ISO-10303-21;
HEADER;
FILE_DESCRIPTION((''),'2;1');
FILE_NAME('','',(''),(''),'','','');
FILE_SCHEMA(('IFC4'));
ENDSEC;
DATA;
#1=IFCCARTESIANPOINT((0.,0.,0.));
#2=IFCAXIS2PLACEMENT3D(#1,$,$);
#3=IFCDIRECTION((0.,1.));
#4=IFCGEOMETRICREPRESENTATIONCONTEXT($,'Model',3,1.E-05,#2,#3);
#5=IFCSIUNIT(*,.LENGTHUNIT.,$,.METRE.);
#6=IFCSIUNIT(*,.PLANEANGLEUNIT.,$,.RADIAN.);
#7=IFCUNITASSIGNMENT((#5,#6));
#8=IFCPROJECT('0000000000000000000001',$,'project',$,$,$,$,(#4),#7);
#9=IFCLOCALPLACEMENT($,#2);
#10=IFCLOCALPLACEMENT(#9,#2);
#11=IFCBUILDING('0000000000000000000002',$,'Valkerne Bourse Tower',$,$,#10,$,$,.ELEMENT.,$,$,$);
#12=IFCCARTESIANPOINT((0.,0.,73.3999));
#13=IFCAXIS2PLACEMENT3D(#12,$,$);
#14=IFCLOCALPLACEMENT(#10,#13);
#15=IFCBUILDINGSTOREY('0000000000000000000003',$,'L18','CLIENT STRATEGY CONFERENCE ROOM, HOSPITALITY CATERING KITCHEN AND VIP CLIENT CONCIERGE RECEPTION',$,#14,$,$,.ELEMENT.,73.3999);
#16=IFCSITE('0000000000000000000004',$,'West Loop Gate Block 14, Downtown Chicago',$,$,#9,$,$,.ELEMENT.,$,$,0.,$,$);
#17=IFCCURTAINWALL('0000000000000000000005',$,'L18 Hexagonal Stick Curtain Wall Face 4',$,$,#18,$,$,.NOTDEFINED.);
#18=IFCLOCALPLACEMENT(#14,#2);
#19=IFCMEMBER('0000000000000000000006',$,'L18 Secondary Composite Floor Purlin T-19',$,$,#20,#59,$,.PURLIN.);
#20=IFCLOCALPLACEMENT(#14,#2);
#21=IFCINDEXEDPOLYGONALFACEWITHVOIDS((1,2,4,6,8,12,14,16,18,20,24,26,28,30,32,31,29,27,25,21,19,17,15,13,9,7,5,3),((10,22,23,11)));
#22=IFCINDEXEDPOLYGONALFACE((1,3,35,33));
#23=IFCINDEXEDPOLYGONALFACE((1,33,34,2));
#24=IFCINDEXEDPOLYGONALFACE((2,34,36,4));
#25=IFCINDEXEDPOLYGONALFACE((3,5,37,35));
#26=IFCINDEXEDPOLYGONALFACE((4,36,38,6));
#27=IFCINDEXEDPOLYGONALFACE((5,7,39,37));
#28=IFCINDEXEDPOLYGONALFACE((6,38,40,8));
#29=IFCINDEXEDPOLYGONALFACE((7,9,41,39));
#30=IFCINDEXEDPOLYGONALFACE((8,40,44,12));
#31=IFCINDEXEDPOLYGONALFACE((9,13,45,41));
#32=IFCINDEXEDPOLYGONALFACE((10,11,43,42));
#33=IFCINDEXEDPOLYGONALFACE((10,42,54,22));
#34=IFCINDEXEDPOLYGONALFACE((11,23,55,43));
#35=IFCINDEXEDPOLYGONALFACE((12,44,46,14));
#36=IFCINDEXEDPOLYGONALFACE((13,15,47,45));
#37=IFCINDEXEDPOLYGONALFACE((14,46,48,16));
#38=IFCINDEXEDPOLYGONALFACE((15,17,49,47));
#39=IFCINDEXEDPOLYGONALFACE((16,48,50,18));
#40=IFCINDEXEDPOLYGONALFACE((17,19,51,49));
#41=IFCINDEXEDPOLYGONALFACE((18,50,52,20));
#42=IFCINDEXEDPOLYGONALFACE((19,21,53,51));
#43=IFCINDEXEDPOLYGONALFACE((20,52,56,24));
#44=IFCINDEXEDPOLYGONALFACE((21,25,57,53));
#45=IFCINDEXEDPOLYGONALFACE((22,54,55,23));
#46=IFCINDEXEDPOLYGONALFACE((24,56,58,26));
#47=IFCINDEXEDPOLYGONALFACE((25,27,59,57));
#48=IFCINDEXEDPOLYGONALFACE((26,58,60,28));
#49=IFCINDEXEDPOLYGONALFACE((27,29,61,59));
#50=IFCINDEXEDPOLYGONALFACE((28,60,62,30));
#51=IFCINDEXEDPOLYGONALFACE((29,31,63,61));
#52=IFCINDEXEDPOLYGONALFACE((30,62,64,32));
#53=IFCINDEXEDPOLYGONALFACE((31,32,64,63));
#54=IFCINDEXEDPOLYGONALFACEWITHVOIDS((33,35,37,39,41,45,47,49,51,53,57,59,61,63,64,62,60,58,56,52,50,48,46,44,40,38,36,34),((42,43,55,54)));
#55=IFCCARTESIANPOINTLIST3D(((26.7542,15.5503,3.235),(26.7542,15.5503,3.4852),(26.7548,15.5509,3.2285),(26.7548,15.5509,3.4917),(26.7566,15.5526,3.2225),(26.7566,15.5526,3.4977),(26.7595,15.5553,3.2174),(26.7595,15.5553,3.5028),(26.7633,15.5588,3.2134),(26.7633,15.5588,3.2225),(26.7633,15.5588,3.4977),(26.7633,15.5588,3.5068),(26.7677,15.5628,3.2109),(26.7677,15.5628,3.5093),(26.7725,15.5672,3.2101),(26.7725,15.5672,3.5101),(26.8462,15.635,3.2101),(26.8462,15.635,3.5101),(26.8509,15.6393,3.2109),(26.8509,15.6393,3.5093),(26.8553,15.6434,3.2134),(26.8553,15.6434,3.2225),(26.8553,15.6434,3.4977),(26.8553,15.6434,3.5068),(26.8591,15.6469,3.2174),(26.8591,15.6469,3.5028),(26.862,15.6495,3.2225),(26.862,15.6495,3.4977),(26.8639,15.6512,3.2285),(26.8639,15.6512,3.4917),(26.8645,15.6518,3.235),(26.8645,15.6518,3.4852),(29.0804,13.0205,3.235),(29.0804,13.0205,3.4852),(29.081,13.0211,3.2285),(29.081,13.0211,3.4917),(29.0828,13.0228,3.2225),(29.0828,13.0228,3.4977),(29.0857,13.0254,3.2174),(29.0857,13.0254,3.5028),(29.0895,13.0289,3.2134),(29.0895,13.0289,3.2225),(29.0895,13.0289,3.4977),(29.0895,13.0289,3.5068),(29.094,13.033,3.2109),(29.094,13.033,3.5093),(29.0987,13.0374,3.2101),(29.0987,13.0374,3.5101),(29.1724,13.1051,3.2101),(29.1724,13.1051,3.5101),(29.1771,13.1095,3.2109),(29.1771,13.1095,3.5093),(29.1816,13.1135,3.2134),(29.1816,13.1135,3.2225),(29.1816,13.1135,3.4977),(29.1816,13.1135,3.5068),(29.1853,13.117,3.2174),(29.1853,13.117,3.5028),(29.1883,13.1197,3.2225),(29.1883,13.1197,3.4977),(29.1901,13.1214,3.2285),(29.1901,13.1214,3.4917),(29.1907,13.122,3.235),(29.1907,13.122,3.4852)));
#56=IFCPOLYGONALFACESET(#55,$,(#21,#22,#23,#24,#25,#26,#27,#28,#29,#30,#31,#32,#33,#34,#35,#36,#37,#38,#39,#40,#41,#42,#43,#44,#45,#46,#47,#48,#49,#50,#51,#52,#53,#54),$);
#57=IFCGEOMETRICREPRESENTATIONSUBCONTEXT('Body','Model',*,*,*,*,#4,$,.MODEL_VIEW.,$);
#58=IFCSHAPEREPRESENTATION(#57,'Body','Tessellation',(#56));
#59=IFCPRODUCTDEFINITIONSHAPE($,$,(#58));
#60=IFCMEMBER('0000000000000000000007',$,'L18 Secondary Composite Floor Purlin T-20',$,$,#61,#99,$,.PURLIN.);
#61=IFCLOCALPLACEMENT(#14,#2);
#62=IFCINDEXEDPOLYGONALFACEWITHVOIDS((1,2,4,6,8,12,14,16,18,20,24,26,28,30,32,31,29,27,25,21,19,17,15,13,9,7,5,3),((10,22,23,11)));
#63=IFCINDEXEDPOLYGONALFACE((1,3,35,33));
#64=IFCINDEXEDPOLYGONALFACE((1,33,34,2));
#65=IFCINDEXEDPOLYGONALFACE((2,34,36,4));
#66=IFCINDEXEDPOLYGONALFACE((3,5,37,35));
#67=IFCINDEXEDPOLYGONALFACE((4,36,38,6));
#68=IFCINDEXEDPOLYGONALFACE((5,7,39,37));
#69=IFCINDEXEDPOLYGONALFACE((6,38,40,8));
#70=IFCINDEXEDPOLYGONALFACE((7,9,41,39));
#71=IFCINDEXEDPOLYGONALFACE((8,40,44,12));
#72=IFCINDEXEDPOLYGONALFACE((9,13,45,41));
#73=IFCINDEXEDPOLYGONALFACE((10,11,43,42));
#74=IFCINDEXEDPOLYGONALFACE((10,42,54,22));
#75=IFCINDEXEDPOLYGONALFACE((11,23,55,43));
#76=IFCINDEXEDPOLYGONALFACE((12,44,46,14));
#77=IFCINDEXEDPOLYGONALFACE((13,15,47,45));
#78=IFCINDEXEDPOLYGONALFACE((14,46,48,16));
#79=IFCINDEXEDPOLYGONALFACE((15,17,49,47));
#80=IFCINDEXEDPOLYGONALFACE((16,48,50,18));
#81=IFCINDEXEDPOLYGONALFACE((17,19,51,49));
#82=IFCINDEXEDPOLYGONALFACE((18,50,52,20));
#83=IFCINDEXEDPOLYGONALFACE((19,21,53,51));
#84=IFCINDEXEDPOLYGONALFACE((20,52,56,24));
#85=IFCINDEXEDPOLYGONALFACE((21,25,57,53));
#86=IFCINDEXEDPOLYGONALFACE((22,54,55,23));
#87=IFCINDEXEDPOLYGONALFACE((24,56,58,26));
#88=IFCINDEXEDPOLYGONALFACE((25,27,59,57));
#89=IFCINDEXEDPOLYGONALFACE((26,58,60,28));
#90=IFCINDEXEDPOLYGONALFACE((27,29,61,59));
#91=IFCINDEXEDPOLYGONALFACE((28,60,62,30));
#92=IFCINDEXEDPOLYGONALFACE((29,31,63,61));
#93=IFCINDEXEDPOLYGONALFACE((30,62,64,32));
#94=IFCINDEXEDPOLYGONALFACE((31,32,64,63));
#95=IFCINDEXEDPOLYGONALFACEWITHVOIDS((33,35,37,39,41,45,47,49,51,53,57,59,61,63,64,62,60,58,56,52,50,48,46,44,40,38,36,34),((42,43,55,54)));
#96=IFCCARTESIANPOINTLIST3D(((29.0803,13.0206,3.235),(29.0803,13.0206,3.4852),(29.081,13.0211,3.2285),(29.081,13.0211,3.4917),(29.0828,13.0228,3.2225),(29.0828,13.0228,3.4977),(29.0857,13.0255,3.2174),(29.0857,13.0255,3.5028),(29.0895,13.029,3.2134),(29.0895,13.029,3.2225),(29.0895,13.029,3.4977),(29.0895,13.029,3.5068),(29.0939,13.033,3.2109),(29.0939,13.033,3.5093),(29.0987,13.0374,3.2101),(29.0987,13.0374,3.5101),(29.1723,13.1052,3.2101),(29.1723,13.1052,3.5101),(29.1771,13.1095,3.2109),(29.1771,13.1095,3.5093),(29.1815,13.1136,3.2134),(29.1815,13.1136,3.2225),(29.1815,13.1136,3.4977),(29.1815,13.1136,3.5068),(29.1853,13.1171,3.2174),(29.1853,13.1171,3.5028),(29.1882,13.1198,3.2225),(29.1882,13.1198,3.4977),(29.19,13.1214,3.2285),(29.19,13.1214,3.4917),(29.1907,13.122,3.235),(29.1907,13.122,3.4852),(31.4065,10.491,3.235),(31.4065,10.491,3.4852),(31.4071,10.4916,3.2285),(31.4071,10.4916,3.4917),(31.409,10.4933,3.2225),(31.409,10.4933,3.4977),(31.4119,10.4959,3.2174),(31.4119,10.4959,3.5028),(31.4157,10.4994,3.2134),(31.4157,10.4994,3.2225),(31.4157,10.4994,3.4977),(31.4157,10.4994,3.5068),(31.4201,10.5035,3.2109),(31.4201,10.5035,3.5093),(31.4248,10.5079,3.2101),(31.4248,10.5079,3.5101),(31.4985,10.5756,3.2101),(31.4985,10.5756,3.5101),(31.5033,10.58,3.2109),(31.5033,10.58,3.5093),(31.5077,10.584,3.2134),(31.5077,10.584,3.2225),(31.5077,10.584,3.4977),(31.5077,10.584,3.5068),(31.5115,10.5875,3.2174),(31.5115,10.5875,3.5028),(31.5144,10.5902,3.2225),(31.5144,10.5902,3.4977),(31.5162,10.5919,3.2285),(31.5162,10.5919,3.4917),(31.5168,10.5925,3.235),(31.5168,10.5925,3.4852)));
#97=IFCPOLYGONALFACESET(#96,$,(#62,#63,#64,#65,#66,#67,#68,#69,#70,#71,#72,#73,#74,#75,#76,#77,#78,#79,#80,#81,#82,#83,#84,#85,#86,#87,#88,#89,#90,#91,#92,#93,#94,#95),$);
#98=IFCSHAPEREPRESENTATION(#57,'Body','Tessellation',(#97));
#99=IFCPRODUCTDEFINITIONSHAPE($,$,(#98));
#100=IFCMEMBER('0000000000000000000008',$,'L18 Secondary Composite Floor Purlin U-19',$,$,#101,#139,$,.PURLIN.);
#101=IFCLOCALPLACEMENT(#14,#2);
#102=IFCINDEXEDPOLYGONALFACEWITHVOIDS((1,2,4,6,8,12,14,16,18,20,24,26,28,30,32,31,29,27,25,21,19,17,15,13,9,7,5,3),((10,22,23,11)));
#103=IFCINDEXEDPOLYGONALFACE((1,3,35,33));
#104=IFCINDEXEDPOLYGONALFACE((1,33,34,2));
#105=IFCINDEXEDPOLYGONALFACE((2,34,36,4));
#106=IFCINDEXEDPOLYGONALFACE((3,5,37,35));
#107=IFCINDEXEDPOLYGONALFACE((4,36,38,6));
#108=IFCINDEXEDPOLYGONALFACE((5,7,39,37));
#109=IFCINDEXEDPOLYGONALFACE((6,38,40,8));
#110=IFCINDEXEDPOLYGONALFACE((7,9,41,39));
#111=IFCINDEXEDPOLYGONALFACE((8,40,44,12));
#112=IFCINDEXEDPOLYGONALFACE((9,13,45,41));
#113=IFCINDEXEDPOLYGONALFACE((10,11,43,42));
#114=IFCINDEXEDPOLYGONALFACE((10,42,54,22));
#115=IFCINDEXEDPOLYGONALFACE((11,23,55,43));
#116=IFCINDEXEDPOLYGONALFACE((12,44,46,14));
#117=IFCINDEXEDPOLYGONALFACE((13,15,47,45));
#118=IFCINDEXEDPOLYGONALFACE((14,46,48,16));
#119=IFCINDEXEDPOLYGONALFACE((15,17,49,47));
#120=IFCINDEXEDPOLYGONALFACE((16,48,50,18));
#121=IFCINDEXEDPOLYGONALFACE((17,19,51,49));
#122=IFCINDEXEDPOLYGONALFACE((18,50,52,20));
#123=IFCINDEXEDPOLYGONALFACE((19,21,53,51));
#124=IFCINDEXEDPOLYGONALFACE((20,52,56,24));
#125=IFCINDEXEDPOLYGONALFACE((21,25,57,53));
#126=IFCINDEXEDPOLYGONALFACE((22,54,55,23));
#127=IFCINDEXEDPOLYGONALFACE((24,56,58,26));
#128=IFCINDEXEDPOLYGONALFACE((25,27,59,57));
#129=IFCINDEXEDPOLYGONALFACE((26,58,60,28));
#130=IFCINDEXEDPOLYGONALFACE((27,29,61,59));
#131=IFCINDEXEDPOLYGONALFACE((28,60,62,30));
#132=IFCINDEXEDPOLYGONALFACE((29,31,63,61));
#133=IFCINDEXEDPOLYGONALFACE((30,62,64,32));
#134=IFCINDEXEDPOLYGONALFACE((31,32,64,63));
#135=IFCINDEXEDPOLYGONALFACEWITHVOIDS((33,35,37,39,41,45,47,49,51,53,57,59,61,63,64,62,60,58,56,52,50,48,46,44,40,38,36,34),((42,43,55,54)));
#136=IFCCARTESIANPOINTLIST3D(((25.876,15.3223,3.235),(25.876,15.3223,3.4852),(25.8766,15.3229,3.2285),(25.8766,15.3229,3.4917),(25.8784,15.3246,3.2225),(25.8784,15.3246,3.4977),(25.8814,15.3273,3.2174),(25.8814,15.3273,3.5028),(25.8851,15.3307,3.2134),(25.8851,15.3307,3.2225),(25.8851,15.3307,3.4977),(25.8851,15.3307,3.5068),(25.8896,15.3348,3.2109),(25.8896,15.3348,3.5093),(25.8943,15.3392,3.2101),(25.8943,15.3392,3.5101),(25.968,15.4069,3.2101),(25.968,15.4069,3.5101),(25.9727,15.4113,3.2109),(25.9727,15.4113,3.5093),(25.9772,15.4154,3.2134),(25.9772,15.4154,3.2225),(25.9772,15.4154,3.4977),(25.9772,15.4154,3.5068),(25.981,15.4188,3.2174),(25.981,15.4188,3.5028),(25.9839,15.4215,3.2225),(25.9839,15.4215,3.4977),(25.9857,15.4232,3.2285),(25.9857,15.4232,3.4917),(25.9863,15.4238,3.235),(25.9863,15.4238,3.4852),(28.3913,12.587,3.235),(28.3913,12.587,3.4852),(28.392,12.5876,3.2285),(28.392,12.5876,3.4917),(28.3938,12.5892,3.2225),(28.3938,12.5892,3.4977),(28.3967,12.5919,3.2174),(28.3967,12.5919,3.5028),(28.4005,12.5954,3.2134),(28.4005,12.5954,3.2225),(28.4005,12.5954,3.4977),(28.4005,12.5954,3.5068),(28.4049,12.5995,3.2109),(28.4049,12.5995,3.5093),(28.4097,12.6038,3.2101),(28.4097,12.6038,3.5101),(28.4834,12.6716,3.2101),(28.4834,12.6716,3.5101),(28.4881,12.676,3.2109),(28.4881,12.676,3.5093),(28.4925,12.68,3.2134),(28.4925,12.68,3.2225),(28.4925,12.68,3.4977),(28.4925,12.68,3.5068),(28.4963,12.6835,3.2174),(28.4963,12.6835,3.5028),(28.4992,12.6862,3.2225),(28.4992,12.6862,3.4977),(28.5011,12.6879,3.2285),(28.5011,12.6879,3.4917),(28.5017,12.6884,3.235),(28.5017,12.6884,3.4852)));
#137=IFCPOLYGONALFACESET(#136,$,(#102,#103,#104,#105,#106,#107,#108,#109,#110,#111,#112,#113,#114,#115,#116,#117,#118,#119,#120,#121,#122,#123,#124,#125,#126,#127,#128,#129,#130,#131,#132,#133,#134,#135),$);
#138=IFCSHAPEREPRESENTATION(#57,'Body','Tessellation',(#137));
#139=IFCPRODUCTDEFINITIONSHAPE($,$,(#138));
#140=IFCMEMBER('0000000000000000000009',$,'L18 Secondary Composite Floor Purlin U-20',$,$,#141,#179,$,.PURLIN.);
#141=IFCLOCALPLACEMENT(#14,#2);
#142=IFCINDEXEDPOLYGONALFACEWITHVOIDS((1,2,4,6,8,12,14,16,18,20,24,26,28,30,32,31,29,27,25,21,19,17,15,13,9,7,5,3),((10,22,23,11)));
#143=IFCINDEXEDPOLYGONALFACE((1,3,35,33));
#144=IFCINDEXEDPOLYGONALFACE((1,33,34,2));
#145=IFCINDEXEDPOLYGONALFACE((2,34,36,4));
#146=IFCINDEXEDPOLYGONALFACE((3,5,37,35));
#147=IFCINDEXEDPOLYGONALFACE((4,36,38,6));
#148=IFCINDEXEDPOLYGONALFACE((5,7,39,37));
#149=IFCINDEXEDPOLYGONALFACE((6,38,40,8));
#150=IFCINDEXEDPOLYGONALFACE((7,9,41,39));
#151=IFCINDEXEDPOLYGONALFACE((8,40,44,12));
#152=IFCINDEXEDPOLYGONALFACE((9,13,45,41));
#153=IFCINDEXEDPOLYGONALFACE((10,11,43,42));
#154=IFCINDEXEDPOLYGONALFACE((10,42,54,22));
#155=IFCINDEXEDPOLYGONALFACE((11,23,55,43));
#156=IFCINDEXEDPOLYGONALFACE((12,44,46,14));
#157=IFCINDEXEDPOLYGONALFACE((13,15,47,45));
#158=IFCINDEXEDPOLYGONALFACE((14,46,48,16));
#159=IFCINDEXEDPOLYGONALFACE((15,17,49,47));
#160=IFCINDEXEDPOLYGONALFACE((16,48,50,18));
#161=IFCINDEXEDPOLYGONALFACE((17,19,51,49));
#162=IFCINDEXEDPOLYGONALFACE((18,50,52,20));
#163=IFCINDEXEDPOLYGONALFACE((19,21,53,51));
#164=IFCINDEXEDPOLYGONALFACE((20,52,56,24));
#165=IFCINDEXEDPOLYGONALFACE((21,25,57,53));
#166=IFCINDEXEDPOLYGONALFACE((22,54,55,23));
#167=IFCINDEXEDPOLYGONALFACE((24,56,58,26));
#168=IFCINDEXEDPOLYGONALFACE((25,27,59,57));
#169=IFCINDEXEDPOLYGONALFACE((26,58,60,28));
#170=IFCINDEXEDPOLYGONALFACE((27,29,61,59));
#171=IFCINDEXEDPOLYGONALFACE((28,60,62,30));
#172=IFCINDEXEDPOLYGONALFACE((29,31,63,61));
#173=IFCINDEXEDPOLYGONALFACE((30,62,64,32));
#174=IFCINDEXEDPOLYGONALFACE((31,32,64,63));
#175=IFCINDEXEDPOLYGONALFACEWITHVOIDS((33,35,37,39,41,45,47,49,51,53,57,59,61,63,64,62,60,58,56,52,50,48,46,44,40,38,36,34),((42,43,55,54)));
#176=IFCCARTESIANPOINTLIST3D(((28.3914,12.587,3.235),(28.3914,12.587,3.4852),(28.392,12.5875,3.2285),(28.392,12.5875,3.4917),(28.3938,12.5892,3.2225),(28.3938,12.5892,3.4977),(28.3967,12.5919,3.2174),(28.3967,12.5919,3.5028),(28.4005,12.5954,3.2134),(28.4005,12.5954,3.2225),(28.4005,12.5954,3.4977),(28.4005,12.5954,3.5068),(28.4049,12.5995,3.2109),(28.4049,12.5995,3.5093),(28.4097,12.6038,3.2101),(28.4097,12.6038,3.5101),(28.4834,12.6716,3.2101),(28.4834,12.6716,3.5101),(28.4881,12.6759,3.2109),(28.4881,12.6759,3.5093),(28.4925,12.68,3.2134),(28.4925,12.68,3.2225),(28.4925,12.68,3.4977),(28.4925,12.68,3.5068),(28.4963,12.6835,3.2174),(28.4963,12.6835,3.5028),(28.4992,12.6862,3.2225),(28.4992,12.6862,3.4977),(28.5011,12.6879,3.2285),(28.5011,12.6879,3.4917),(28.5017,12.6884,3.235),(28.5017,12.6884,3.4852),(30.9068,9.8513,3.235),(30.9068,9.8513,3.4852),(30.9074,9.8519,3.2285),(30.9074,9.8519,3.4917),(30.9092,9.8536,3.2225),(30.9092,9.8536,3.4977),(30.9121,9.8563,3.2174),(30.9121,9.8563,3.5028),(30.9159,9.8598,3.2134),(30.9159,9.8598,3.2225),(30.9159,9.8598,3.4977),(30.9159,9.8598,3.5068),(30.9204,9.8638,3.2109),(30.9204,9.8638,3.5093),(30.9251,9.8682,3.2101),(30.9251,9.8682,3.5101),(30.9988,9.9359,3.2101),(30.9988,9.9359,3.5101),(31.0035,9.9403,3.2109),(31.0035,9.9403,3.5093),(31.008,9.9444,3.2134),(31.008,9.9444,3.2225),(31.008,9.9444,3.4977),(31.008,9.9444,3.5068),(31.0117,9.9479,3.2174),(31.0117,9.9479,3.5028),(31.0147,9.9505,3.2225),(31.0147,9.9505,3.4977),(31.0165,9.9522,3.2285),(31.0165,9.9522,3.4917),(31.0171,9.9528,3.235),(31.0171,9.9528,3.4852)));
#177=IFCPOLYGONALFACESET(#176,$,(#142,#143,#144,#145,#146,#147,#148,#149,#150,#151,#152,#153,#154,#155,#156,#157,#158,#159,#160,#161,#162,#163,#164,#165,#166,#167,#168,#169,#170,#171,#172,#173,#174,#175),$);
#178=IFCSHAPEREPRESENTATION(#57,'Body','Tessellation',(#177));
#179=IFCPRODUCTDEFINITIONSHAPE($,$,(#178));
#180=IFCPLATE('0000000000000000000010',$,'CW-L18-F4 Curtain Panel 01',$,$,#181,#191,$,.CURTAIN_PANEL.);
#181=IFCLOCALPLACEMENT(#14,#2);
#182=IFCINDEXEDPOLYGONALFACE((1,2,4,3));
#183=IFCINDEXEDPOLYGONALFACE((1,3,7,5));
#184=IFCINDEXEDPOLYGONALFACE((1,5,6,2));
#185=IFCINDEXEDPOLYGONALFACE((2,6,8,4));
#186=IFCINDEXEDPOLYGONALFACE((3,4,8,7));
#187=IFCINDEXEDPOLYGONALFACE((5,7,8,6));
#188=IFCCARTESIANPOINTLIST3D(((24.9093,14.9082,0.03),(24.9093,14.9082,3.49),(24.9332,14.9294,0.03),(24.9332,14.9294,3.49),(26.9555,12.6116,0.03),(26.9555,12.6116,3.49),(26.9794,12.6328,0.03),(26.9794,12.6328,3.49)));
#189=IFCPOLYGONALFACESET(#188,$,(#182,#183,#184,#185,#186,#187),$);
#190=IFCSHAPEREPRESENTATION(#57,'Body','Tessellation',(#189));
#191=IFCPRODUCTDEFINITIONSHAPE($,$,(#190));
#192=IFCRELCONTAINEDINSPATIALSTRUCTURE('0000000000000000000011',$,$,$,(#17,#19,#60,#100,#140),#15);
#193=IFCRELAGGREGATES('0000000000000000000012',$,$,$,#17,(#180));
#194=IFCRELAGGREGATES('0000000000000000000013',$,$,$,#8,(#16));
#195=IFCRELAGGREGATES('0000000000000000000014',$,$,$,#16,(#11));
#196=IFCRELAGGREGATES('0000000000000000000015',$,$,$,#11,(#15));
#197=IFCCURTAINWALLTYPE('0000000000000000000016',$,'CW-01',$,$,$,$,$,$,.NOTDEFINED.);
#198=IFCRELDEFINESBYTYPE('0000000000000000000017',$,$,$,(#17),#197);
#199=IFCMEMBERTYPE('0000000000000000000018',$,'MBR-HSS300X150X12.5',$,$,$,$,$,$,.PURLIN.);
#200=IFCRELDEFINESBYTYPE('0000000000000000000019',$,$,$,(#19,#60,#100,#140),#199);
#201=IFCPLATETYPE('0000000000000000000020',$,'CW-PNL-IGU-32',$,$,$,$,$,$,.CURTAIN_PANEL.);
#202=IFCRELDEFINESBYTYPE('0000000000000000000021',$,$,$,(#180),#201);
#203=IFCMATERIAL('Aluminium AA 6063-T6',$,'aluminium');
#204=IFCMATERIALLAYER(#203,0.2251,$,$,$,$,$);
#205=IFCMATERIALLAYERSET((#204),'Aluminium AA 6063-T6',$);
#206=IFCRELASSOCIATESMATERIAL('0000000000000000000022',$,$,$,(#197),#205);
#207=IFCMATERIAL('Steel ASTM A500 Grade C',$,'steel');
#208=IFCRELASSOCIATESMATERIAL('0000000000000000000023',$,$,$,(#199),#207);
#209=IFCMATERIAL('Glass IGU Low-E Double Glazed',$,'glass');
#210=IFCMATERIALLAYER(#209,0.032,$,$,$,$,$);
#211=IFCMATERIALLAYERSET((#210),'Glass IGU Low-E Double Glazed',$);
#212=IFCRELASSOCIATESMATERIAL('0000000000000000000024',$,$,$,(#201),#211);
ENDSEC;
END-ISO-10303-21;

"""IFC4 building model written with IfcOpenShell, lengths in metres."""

from ifc_helpers import new_model, si_unit, direction, frame, origin, origin_2d, place, context, subcontext, project, spatial, rectangle, hollow_rectangle, extrude, material, layer, layer_set, material_profile, profile_set, type_object, element, aggregate, save


model = new_model("IFC4")

# Units and contexts
model_context = context("Model", 3, precision=1e-05, world=origin(), true_north=direction((0.0, 1.0)))
body_context = subcontext(model_context, "Body", "Model", "MODEL_VIEW")
ifc_project = project(units=[si_unit("LENGTHUNIT", "METRE"), si_unit("PLANEANGLEUNIT", "RADIAN")], contexts=[model_context])

# Site, building, storey
site_placement = place(None, origin())
site = spatial("IfcSite", under=ifc_project, at=site_placement, Name="West Loop Gate Block 14, Downtown Chicago", CompositionType="ELEMENT", RefElevation=0.0)
building_placement = place(site_placement, origin())
building = spatial("IfcBuilding", under=site, at=building_placement, Name="Valkerne Bourse Tower", CompositionType="ELEMENT")
storey_placement = place(building_placement, frame((0.0, 0.0, 73.3999)))
storey = spatial("IfcBuildingStorey", under=building, at=storey_placement, Name="L18", Description="CLIENT STRATEGY CONFERENCE ROOM, HOSPITALITY CATERING KITCHEN AND VIP CLIENT CONCIERGE RECEPTION", CompositionType="ELEMENT", Elevation=73.3999)

# Curtain wall
ifc_material_1 = material(Name="Aluminium AA 6063-T6", Category="aluminium")
ifc_layer_1 = layer(ifc_material_1, 0.2251)
ifc_layer_set_1 = layer_set([ifc_layer_1], Name="Aluminium AA 6063-T6")
curtain_wall_type = type_object("IfcCurtainWallType", Name="CW-01", PredefinedType="NOTDEFINED", material=ifc_layer_set_1)
curtain_wall_placement = place(storey_placement, origin())
curtain_wall = element("IfcCurtainWall", 1, at=curtain_wall_placement, inside=storey, type_object=curtain_wall_type, Name="L18 Hexagonal Stick Curtain Wall Face 4", PredefinedType="NOTDEFINED")

# Members
ifc_material_2 = material(Name="Steel ASTM A500 Grade C", Category="steel")
ifc_material_profile_1 = material_profile(ifc_material_2, hollow_rectangle(XDim=0.1499, YDim=0.3, WallThickness=0.0125, OuterFilletRadius=0.0249, at=origin_2d()), Name="HSS300X150X12.5")
ifc_profile_set_1 = profile_set([ifc_material_profile_1], Name="Steel ASTM A500 Grade C")
member_type_1 = type_object("IfcMemberType", Name="MBR-HSS300X150X12.5", PredefinedType="PURLIN", material=ifc_profile_set_1)
member_1_placement = place(storey_placement, frame((26.8093, 15.6011, 3.3601), z_axis=(0.676863, -0.736109, 0.0), x_axis=(0.736109, 0.676863, 0.0)))
element("IfcMember", 2, at=member_1_placement, inside=storey, type_object=member_type_1, Name="L18 Secondary Composite Floor Purlin T-19", PredefinedType="PURLIN", context=body_context, shape_type="SweptSolid", body=[
    extrude(hollow_rectangle(XDim=0.1499, YDim=0.3, WallThickness=0.0125, OuterFilletRadius=0.0249, at=origin_2d()), origin(), (0.0, 0.0, 1.0), 3.4368),
])
member_2_placement = place(storey_placement, frame((29.1355, 13.0713, 3.3601), z_axis=(0.676898, -0.736077, 0.0), x_axis=(0.736077, 0.676898, 0.0)))
element("IfcMember", 3, at=member_2_placement, inside=storey, type_object=member_type_1, Name="L18 Secondary Composite Floor Purlin T-20", PredefinedType="PURLIN", context=body_context, shape_type="SweptSolid", body=[
    extrude(hollow_rectangle(XDim=0.1499, YDim=0.3, WallThickness=0.0125, OuterFilletRadius=0.0249, at=origin_2d()), origin(), (0.0, 0.0, 1.0), 3.4365),
])
member_3_placement = place(storey_placement, frame((25.9312, 15.373, 3.3601), z_axis=(0.67689, -0.736084, 0.0), x_axis=(0.736084, 0.67689, 0.0)))
element("IfcMember", 4, at=member_3_placement, inside=storey, type_object=member_type_1, Name="L18 Secondary Composite Floor Purlin U-19", PredefinedType="PURLIN", context=body_context, shape_type="SweptSolid", body=[
    extrude(hollow_rectangle(XDim=0.1499, YDim=0.3, WallThickness=0.0125, OuterFilletRadius=0.0249, at=origin_2d()), origin(), (0.0, 0.0, 1.0), 3.7161),
])
member_4_placement = place(storey_placement, frame((28.4465, 12.6377, 3.3601), z_axis=(0.676857, -0.736114, 0.0), x_axis=(0.736114, 0.676857, 0.0)))
element("IfcMember", 5, at=member_4_placement, inside=storey, type_object=member_type_1, Name="L18 Secondary Composite Floor Purlin U-20", PredefinedType="PURLIN", context=body_context, shape_type="SweptSolid", body=[
    extrude(hollow_rectangle(XDim=0.1499, YDim=0.3, WallThickness=0.0125, OuterFilletRadius=0.0249, at=origin_2d()), origin(), (0.0, 0.0, 1.0), 3.7163),
])

# Plate
ifc_material_3 = material(Name="Glass IGU Low-E Double Glazed", Category="glass")
ifc_layer_2 = layer(ifc_material_3, 0.032)
ifc_layer_set_2 = layer_set([ifc_layer_2], Name="Glass IGU Low-E Double Glazed")
plate_type = type_object("IfcPlateType", Name="CW-PNL-IGU-32", PredefinedType="CURTAIN_PANEL", material=ifc_layer_set_2)
plate_1_placement = place(storey_placement, frame((25.9443, 13.7705, 0.03), z_axis=(0.0, 0.0, 1.0), x_axis=(0.665232, -0.746637, 0.0)))
plate_1 = element("IfcPlate", 6, at=plate_1_placement, type_object=plate_type, Name="CW-L18-F4 Curtain Panel 01", PredefinedType="CURTAIN_PANEL", context=body_context, shape_type="SweptSolid", body=[
    extrude(rectangle(XDim=3.0759, YDim=0.032, at=origin_2d()), origin(), (0.0, 0.0, 1.0), 3.46),
])
aggregate(curtain_wall, [plate_1])

save(model, "model.ifc")
